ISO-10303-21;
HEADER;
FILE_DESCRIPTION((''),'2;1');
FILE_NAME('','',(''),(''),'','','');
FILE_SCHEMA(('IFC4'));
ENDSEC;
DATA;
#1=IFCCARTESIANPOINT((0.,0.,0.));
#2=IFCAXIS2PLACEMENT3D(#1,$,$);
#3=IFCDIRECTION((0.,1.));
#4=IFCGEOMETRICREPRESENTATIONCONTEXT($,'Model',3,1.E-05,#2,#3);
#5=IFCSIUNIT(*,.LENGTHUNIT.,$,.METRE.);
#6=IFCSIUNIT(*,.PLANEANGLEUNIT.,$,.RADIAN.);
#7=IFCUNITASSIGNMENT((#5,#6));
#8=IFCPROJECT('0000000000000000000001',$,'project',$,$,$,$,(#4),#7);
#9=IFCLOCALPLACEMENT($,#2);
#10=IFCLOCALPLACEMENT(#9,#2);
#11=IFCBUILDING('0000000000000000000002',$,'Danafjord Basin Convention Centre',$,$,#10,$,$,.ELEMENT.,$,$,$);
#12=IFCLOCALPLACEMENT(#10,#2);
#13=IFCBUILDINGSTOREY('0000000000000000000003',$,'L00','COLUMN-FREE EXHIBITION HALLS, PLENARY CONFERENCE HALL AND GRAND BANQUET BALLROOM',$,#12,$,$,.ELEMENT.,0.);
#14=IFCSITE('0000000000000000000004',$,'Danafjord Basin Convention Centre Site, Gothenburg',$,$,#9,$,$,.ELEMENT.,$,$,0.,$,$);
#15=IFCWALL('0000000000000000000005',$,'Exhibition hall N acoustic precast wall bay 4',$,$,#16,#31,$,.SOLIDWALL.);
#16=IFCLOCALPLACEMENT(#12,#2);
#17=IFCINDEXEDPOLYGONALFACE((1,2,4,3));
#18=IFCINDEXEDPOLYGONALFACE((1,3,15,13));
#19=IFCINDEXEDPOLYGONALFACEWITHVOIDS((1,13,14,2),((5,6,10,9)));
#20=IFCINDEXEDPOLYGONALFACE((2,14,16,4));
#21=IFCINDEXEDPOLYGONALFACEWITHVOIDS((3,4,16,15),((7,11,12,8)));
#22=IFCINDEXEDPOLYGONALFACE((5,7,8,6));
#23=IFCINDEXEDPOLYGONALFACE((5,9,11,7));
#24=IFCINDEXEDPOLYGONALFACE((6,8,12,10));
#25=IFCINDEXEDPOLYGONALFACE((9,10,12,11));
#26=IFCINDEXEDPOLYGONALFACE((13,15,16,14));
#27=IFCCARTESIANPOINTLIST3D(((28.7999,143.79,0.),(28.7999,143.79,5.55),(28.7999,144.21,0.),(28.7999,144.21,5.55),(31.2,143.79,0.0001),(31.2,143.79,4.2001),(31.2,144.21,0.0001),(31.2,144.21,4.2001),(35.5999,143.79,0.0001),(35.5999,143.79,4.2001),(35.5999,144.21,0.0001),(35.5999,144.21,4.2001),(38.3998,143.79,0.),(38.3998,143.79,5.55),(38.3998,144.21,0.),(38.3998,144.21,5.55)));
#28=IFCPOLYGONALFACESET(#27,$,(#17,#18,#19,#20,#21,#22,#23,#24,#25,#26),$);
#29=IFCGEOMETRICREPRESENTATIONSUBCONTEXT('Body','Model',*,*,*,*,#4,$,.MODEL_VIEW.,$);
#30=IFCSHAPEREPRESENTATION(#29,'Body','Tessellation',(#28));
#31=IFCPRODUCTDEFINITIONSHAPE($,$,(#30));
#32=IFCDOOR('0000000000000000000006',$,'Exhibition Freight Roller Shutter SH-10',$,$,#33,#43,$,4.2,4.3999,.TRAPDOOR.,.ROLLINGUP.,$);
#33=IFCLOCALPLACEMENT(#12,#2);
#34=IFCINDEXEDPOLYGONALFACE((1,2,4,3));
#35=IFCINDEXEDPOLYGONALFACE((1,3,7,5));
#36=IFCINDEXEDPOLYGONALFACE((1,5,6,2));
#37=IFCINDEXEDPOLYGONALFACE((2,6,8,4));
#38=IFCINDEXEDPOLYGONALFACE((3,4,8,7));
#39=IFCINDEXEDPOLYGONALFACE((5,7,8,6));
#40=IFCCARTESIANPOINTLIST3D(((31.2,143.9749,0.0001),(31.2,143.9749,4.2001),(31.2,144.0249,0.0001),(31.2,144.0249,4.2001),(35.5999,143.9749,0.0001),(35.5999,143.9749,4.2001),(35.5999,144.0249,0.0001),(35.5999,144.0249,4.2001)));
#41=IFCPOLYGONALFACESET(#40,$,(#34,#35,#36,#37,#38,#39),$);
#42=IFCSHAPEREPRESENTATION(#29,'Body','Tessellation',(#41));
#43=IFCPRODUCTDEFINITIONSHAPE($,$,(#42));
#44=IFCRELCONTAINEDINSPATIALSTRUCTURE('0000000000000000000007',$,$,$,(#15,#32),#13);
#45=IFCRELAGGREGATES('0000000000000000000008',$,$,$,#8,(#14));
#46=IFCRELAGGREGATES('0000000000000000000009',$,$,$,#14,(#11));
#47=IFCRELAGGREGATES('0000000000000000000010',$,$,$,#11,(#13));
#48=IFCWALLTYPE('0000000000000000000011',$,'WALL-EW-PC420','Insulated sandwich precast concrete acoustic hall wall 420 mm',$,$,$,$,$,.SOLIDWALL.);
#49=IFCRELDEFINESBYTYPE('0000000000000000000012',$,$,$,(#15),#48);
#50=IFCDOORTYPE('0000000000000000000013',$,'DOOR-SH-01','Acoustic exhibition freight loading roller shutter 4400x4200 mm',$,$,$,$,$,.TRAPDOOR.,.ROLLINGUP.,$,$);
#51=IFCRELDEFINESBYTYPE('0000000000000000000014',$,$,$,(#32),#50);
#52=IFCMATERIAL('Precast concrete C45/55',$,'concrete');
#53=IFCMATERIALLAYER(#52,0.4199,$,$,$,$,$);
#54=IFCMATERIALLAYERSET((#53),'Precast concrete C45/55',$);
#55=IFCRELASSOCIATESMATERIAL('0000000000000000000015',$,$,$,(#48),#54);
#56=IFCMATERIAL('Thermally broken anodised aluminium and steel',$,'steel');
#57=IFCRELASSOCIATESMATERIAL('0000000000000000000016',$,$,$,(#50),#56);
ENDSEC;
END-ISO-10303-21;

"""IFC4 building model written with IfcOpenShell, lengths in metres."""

from ifc_helpers import new_model, si_unit, direction, frame, frame_2d, origin, place, context, subcontext, project, spatial, rectangle, extrude, material, layer, layer_set, type_object, element, fill, save


model = new_model("IFC4")

# Units and contexts
model_context = context("Model", 3, precision=1e-05, world=origin(), true_north=direction((0.0, 1.0)))
body_context = subcontext(model_context, "Body", "Model", "MODEL_VIEW")
ifc_project = project(units=[si_unit("LENGTHUNIT", "METRE"), si_unit("PLANEANGLEUNIT", "RADIAN")], contexts=[model_context])

# Site, building, storey
site_placement = place(None, origin())
site = spatial("IfcSite", under=ifc_project, at=site_placement, Name="Danafjord Basin Convention Centre Site, Gothenburg", CompositionType="ELEMENT", RefElevation=0.0)
building_placement = place(site_placement, origin())
building = spatial("IfcBuilding", under=site, at=building_placement, Name="Danafjord Basin Convention Centre", CompositionType="ELEMENT")
storey_placement = place(building_placement, origin())
storey = spatial("IfcBuildingStorey", under=building, at=storey_placement, Name="L00", Description="COLUMN-FREE EXHIBITION HALLS, PLENARY CONFERENCE HALL AND GRAND BANQUET BALLROOM", CompositionType="ELEMENT", Elevation=0.0)

# Shared definitions
ifc_material_1 = material(Name="Precast concrete C45/55", Category="concrete")
ifc_layer = layer(ifc_material_1, 0.4199)
ifc_layer_set = layer_set([ifc_layer], Name="Precast concrete C45/55")
wall_type = type_object("IfcWallType", Name="WALL-EW-PC420", Description="Insulated sandwich precast concrete acoustic hall wall 420 mm", PredefinedType="SOLIDWALL", material=ifc_layer_set)
ifc_material_2 = material(Name="Thermally broken anodised aluminium and steel", Category="steel")

# Wall, opening, door
wall_1_placement = place(storey_placement, frame((28.8, 144.0, 0.0), z_axis=(0.0, 0.0, 1.0), x_axis=(1.0, 0.0, 0.0)))
wall_1 = element("IfcWall", 1, at=wall_1_placement, inside=storey, type_object=wall_type, Name="Exhibition hall N acoustic precast wall bay 4", PredefinedType="SOLIDWALL", context=body_context, shape_type="SweptSolid", body=[
    extrude(rectangle(XDim=9.5999, YDim=0.4199, at=frame_2d((4.7998, 0.0))), origin(), (0.0, 0.0, 1.0), 5.55),
])
opening_1_placement = place(wall_1_placement, frame((2.3999, 0.0, 0.0)))
opening_1 = element("IfcOpeningElement", 2, at=opening_1_placement, cuts=wall_1, PredefinedType="OPENING", context=body_context, shape_type="SweptSolid", body=[
    extrude(rectangle(XDim=4.3999, YDim=4.2, at=frame_2d((2.2, 2.1001))), frame((0.0, 0.22, 0.0), z_axis=(0.0, -1.0, 0.0), x_axis=(1.0, 0.0, 0.0)), (0.0, 0.0, 1.0), 0.4399),
])
door_type_1 = type_object("IfcDoorType", Name="DOOR-SH-01", Description="Acoustic exhibition freight loading roller shutter 4400x4200 mm", OperationType="ROLLINGUP", PredefinedType="TRAPDOOR", material=ifc_material_2)
door_1_placement = place(opening_1_placement, origin())
door_1 = element("IfcDoor", 3, at=door_1_placement, inside=storey, type_object=door_type_1, Name="Exhibition Freight Roller Shutter SH-10", OperationType="ROLLINGUP", OverallHeight=4.2, OverallWidth=4.3999, PredefinedType="TRAPDOOR", context=body_context, shape_type="SweptSolid", body=[
    extrude(rectangle(XDim=4.3999, YDim=4.2, at=frame_2d((2.2, 2.1001))), frame((0.0, 0.0249, 0.0), z_axis=(0.0, -1.0, 0.0), x_axis=(1.0, 0.0, 0.0)), (0.0, 0.0, 1.0), 0.05),
])
fill(opening_1, door_1)

save(model, "model.ifc")
